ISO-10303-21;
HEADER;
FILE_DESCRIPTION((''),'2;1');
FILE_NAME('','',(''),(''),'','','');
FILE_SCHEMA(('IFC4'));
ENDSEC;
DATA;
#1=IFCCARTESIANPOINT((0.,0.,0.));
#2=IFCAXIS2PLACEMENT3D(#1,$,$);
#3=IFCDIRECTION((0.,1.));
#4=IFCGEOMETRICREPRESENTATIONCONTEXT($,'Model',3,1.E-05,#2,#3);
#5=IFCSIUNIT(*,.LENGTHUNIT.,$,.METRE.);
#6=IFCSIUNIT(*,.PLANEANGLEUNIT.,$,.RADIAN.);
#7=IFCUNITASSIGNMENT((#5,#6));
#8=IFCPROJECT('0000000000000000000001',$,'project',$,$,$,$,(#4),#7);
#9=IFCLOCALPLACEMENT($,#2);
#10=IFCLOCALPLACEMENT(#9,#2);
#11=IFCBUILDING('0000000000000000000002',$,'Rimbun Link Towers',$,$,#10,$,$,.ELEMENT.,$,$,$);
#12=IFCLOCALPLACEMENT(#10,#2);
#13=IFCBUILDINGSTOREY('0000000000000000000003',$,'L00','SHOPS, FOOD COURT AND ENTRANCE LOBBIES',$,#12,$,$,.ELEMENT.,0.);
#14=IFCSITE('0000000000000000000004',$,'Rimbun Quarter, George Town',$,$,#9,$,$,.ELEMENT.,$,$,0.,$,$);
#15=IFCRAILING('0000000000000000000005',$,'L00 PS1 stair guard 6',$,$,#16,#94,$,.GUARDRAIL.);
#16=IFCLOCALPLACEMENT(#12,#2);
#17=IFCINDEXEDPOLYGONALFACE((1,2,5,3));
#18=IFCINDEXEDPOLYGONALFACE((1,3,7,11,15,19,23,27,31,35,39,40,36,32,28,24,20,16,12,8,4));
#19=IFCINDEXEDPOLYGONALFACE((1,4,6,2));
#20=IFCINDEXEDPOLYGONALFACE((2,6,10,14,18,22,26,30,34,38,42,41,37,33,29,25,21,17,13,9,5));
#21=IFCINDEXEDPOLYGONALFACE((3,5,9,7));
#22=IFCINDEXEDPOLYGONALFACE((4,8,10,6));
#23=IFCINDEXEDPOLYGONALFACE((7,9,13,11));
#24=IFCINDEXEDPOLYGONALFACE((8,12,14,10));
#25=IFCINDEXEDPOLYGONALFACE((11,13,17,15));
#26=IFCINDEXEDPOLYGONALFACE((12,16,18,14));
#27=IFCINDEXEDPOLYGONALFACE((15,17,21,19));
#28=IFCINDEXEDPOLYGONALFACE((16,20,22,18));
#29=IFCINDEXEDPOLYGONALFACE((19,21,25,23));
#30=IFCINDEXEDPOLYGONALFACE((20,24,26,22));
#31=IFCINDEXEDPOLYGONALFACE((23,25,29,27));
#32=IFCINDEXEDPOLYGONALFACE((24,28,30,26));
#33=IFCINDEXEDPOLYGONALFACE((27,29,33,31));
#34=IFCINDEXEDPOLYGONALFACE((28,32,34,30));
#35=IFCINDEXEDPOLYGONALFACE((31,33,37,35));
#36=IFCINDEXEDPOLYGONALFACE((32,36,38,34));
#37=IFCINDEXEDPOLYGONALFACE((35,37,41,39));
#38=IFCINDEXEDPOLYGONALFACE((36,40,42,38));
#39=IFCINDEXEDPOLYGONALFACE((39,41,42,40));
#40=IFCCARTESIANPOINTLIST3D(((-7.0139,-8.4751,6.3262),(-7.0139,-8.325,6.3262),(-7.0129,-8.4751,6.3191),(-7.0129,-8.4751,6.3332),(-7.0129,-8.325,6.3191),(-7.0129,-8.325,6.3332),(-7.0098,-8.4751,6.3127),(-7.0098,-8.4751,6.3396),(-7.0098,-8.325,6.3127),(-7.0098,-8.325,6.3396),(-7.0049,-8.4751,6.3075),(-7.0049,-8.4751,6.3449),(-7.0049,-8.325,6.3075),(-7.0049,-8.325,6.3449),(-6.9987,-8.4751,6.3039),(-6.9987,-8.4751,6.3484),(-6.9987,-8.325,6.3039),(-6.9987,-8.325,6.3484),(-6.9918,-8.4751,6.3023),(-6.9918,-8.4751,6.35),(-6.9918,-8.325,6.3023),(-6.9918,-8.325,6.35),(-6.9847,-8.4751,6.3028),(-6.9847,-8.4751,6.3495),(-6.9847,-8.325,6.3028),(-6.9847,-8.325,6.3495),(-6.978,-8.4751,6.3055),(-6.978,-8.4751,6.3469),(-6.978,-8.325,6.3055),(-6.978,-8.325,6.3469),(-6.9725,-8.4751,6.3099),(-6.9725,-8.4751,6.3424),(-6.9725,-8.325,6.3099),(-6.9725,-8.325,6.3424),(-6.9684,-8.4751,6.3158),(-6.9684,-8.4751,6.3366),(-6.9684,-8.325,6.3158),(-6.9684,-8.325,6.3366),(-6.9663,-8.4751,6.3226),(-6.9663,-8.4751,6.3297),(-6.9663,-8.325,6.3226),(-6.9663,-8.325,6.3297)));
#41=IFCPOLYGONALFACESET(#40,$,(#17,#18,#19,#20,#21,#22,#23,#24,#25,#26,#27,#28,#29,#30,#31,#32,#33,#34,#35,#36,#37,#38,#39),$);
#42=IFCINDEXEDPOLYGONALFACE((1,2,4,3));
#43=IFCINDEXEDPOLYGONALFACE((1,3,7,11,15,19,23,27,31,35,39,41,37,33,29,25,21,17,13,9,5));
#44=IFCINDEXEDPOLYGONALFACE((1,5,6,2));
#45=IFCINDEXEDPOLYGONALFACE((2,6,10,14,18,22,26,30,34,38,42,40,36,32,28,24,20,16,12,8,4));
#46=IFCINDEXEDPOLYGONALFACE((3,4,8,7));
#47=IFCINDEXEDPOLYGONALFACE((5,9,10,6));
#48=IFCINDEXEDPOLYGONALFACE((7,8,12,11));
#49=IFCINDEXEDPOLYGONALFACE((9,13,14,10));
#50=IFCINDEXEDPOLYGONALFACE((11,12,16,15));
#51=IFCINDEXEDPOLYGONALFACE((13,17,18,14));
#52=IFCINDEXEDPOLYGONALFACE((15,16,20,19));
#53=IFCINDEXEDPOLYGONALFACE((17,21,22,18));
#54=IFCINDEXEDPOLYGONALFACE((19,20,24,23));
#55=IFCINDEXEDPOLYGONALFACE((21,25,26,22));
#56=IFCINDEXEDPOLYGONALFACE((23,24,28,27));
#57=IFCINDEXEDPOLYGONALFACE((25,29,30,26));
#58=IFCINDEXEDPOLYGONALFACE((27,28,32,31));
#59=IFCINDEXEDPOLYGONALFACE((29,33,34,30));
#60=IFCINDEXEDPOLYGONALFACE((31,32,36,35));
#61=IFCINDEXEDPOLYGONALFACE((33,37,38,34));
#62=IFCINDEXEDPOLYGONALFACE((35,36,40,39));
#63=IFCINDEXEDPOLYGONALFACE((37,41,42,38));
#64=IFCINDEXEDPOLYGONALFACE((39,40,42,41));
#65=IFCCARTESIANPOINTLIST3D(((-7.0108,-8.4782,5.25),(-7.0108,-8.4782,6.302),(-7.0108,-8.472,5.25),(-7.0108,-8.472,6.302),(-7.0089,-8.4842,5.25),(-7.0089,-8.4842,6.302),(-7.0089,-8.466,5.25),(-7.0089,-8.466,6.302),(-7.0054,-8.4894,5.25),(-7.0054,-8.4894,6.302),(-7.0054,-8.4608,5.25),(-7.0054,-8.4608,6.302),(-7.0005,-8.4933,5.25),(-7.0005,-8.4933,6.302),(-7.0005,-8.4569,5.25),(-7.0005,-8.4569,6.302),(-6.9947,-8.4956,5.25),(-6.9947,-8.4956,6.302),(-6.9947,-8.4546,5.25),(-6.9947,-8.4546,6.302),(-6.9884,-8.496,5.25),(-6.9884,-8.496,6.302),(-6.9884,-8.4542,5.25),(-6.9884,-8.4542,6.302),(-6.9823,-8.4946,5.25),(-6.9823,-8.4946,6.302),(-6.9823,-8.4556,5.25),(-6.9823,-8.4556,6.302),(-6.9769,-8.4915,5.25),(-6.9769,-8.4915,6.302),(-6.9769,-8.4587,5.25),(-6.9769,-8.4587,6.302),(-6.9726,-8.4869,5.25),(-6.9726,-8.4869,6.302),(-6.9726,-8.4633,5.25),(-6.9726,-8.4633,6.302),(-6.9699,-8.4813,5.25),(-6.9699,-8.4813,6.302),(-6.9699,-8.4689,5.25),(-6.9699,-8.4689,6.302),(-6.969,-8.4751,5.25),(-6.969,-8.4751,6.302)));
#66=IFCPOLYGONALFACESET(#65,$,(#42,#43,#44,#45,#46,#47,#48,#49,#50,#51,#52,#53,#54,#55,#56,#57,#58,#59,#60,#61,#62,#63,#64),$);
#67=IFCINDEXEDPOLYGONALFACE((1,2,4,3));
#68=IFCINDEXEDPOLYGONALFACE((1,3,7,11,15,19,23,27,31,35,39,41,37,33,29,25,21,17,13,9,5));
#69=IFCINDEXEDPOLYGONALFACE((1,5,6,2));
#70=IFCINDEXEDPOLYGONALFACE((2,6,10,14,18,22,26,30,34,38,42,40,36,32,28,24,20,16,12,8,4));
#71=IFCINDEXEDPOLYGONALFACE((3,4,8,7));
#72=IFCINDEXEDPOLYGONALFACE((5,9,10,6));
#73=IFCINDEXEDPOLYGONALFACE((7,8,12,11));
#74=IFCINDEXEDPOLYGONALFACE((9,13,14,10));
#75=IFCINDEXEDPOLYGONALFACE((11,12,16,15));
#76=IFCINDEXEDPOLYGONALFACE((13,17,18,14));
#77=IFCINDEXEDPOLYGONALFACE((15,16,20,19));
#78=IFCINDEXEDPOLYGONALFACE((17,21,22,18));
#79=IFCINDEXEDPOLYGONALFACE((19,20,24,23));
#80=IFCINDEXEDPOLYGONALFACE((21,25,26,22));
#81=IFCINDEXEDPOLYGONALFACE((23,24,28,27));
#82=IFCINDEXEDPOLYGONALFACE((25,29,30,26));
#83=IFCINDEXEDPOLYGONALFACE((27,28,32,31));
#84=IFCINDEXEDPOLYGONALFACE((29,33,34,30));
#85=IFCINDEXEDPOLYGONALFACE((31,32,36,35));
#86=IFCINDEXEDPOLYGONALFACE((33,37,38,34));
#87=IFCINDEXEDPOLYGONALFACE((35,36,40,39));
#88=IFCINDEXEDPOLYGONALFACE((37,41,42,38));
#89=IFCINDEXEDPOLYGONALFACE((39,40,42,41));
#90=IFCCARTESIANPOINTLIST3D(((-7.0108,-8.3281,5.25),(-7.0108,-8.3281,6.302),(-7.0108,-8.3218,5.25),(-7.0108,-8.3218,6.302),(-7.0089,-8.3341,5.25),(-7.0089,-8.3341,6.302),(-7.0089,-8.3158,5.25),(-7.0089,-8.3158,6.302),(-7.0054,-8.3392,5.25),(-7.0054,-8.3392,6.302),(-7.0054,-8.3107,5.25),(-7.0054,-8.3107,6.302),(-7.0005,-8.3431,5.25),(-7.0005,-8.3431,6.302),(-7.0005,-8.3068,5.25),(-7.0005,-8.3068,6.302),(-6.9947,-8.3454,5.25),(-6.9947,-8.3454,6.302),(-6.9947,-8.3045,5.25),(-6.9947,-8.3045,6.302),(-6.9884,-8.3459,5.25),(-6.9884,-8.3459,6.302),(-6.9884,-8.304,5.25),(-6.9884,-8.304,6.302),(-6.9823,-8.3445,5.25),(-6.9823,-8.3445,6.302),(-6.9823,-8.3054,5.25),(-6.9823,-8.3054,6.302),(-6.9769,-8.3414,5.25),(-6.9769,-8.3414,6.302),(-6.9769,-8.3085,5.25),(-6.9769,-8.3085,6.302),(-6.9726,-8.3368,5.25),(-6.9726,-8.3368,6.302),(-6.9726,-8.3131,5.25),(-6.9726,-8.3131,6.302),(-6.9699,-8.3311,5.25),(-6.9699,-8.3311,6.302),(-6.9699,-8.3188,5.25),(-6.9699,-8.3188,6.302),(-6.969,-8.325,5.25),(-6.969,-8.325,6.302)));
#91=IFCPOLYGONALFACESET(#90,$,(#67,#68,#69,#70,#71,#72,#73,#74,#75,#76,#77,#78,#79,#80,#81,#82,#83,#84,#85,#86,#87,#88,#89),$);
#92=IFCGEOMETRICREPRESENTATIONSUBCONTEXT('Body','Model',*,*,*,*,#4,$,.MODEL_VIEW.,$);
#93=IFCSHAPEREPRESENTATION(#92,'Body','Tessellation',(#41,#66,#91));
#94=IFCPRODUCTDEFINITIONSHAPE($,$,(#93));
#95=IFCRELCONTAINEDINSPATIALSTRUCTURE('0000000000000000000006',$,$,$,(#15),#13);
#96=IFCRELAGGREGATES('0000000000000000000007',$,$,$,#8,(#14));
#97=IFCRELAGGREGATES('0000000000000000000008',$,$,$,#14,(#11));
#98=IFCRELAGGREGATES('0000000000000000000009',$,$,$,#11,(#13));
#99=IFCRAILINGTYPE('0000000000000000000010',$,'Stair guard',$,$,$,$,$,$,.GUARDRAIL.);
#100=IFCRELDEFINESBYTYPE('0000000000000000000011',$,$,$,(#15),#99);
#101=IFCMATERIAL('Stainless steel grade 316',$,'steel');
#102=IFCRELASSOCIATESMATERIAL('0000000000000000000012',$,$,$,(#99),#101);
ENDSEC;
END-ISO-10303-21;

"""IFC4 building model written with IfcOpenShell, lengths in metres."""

from ifc_helpers import new_model, si_unit, direction, frame, origin, origin_2d, place, context, subcontext, project, spatial, circle, extrude, material, type_object, element, save


model = new_model("IFC4")

# Units and contexts
model_context = context("Model", 3, precision=1e-05, world=origin(), true_north=direction((0.0, 1.0)))
body_context = subcontext(model_context, "Body", "Model", "MODEL_VIEW")
ifc_project = project(units=[si_unit("LENGTHUNIT", "METRE"), si_unit("PLANEANGLEUNIT", "RADIAN")], contexts=[model_context])

# Site, building, storey
site_placement = place(None, origin())
site = spatial("IfcSite", under=ifc_project, at=site_placement, Name="Rimbun Quarter, George Town", CompositionType="ELEMENT", RefElevation=0.0)
building_placement = place(site_placement, origin())
building = spatial("IfcBuilding", under=site, at=building_placement, Name="Rimbun Link Towers", CompositionType="ELEMENT")
storey_placement = place(building_placement, origin())
storey = spatial("IfcBuildingStorey", under=building, at=storey_placement, Name="L00", Description="SHOPS, FOOD COURT AND ENTRANCE LOBBIES", CompositionType="ELEMENT", Elevation=0.0)

# Railing
ifc_material_1 = material(Name="Stainless steel grade 316", Category="steel")
railing_type_1 = type_object("IfcRailingType", Name="Stair guard", PredefinedType="GUARDRAIL", material=ifc_material_1)
railing_1_placement = place(storey_placement, frame((-6.99, -8.4751, 5.25)))
element("IfcRailing", 1, at=railing_1_placement, inside=storey, type_object=railing_type_1, Name="L00 PS1 stair guard 6", PredefinedType="GUARDRAIL", context=body_context, shape_type="SweptSolid", body=[
    extrude(circle(Radius=0.0239, at=origin_2d()), frame((0.0, 0.0, 1.0762), z_axis=(0.0, 1.0, 0.0), x_axis=(-1.0, 0.0, 0.0)), (0.0, 0.0, 1.0), 0.1501),
    extrude(circle(Radius=0.021, at=origin_2d()), origin(), (0.0, 0.0, 1.0), 1.052),
    extrude(circle(Radius=0.021, at=origin_2d()), frame((0.0, 0.1501, 0.0)), (0.0, 0.0, 1.0), 1.052),
])

save(model, "model.ifc")
